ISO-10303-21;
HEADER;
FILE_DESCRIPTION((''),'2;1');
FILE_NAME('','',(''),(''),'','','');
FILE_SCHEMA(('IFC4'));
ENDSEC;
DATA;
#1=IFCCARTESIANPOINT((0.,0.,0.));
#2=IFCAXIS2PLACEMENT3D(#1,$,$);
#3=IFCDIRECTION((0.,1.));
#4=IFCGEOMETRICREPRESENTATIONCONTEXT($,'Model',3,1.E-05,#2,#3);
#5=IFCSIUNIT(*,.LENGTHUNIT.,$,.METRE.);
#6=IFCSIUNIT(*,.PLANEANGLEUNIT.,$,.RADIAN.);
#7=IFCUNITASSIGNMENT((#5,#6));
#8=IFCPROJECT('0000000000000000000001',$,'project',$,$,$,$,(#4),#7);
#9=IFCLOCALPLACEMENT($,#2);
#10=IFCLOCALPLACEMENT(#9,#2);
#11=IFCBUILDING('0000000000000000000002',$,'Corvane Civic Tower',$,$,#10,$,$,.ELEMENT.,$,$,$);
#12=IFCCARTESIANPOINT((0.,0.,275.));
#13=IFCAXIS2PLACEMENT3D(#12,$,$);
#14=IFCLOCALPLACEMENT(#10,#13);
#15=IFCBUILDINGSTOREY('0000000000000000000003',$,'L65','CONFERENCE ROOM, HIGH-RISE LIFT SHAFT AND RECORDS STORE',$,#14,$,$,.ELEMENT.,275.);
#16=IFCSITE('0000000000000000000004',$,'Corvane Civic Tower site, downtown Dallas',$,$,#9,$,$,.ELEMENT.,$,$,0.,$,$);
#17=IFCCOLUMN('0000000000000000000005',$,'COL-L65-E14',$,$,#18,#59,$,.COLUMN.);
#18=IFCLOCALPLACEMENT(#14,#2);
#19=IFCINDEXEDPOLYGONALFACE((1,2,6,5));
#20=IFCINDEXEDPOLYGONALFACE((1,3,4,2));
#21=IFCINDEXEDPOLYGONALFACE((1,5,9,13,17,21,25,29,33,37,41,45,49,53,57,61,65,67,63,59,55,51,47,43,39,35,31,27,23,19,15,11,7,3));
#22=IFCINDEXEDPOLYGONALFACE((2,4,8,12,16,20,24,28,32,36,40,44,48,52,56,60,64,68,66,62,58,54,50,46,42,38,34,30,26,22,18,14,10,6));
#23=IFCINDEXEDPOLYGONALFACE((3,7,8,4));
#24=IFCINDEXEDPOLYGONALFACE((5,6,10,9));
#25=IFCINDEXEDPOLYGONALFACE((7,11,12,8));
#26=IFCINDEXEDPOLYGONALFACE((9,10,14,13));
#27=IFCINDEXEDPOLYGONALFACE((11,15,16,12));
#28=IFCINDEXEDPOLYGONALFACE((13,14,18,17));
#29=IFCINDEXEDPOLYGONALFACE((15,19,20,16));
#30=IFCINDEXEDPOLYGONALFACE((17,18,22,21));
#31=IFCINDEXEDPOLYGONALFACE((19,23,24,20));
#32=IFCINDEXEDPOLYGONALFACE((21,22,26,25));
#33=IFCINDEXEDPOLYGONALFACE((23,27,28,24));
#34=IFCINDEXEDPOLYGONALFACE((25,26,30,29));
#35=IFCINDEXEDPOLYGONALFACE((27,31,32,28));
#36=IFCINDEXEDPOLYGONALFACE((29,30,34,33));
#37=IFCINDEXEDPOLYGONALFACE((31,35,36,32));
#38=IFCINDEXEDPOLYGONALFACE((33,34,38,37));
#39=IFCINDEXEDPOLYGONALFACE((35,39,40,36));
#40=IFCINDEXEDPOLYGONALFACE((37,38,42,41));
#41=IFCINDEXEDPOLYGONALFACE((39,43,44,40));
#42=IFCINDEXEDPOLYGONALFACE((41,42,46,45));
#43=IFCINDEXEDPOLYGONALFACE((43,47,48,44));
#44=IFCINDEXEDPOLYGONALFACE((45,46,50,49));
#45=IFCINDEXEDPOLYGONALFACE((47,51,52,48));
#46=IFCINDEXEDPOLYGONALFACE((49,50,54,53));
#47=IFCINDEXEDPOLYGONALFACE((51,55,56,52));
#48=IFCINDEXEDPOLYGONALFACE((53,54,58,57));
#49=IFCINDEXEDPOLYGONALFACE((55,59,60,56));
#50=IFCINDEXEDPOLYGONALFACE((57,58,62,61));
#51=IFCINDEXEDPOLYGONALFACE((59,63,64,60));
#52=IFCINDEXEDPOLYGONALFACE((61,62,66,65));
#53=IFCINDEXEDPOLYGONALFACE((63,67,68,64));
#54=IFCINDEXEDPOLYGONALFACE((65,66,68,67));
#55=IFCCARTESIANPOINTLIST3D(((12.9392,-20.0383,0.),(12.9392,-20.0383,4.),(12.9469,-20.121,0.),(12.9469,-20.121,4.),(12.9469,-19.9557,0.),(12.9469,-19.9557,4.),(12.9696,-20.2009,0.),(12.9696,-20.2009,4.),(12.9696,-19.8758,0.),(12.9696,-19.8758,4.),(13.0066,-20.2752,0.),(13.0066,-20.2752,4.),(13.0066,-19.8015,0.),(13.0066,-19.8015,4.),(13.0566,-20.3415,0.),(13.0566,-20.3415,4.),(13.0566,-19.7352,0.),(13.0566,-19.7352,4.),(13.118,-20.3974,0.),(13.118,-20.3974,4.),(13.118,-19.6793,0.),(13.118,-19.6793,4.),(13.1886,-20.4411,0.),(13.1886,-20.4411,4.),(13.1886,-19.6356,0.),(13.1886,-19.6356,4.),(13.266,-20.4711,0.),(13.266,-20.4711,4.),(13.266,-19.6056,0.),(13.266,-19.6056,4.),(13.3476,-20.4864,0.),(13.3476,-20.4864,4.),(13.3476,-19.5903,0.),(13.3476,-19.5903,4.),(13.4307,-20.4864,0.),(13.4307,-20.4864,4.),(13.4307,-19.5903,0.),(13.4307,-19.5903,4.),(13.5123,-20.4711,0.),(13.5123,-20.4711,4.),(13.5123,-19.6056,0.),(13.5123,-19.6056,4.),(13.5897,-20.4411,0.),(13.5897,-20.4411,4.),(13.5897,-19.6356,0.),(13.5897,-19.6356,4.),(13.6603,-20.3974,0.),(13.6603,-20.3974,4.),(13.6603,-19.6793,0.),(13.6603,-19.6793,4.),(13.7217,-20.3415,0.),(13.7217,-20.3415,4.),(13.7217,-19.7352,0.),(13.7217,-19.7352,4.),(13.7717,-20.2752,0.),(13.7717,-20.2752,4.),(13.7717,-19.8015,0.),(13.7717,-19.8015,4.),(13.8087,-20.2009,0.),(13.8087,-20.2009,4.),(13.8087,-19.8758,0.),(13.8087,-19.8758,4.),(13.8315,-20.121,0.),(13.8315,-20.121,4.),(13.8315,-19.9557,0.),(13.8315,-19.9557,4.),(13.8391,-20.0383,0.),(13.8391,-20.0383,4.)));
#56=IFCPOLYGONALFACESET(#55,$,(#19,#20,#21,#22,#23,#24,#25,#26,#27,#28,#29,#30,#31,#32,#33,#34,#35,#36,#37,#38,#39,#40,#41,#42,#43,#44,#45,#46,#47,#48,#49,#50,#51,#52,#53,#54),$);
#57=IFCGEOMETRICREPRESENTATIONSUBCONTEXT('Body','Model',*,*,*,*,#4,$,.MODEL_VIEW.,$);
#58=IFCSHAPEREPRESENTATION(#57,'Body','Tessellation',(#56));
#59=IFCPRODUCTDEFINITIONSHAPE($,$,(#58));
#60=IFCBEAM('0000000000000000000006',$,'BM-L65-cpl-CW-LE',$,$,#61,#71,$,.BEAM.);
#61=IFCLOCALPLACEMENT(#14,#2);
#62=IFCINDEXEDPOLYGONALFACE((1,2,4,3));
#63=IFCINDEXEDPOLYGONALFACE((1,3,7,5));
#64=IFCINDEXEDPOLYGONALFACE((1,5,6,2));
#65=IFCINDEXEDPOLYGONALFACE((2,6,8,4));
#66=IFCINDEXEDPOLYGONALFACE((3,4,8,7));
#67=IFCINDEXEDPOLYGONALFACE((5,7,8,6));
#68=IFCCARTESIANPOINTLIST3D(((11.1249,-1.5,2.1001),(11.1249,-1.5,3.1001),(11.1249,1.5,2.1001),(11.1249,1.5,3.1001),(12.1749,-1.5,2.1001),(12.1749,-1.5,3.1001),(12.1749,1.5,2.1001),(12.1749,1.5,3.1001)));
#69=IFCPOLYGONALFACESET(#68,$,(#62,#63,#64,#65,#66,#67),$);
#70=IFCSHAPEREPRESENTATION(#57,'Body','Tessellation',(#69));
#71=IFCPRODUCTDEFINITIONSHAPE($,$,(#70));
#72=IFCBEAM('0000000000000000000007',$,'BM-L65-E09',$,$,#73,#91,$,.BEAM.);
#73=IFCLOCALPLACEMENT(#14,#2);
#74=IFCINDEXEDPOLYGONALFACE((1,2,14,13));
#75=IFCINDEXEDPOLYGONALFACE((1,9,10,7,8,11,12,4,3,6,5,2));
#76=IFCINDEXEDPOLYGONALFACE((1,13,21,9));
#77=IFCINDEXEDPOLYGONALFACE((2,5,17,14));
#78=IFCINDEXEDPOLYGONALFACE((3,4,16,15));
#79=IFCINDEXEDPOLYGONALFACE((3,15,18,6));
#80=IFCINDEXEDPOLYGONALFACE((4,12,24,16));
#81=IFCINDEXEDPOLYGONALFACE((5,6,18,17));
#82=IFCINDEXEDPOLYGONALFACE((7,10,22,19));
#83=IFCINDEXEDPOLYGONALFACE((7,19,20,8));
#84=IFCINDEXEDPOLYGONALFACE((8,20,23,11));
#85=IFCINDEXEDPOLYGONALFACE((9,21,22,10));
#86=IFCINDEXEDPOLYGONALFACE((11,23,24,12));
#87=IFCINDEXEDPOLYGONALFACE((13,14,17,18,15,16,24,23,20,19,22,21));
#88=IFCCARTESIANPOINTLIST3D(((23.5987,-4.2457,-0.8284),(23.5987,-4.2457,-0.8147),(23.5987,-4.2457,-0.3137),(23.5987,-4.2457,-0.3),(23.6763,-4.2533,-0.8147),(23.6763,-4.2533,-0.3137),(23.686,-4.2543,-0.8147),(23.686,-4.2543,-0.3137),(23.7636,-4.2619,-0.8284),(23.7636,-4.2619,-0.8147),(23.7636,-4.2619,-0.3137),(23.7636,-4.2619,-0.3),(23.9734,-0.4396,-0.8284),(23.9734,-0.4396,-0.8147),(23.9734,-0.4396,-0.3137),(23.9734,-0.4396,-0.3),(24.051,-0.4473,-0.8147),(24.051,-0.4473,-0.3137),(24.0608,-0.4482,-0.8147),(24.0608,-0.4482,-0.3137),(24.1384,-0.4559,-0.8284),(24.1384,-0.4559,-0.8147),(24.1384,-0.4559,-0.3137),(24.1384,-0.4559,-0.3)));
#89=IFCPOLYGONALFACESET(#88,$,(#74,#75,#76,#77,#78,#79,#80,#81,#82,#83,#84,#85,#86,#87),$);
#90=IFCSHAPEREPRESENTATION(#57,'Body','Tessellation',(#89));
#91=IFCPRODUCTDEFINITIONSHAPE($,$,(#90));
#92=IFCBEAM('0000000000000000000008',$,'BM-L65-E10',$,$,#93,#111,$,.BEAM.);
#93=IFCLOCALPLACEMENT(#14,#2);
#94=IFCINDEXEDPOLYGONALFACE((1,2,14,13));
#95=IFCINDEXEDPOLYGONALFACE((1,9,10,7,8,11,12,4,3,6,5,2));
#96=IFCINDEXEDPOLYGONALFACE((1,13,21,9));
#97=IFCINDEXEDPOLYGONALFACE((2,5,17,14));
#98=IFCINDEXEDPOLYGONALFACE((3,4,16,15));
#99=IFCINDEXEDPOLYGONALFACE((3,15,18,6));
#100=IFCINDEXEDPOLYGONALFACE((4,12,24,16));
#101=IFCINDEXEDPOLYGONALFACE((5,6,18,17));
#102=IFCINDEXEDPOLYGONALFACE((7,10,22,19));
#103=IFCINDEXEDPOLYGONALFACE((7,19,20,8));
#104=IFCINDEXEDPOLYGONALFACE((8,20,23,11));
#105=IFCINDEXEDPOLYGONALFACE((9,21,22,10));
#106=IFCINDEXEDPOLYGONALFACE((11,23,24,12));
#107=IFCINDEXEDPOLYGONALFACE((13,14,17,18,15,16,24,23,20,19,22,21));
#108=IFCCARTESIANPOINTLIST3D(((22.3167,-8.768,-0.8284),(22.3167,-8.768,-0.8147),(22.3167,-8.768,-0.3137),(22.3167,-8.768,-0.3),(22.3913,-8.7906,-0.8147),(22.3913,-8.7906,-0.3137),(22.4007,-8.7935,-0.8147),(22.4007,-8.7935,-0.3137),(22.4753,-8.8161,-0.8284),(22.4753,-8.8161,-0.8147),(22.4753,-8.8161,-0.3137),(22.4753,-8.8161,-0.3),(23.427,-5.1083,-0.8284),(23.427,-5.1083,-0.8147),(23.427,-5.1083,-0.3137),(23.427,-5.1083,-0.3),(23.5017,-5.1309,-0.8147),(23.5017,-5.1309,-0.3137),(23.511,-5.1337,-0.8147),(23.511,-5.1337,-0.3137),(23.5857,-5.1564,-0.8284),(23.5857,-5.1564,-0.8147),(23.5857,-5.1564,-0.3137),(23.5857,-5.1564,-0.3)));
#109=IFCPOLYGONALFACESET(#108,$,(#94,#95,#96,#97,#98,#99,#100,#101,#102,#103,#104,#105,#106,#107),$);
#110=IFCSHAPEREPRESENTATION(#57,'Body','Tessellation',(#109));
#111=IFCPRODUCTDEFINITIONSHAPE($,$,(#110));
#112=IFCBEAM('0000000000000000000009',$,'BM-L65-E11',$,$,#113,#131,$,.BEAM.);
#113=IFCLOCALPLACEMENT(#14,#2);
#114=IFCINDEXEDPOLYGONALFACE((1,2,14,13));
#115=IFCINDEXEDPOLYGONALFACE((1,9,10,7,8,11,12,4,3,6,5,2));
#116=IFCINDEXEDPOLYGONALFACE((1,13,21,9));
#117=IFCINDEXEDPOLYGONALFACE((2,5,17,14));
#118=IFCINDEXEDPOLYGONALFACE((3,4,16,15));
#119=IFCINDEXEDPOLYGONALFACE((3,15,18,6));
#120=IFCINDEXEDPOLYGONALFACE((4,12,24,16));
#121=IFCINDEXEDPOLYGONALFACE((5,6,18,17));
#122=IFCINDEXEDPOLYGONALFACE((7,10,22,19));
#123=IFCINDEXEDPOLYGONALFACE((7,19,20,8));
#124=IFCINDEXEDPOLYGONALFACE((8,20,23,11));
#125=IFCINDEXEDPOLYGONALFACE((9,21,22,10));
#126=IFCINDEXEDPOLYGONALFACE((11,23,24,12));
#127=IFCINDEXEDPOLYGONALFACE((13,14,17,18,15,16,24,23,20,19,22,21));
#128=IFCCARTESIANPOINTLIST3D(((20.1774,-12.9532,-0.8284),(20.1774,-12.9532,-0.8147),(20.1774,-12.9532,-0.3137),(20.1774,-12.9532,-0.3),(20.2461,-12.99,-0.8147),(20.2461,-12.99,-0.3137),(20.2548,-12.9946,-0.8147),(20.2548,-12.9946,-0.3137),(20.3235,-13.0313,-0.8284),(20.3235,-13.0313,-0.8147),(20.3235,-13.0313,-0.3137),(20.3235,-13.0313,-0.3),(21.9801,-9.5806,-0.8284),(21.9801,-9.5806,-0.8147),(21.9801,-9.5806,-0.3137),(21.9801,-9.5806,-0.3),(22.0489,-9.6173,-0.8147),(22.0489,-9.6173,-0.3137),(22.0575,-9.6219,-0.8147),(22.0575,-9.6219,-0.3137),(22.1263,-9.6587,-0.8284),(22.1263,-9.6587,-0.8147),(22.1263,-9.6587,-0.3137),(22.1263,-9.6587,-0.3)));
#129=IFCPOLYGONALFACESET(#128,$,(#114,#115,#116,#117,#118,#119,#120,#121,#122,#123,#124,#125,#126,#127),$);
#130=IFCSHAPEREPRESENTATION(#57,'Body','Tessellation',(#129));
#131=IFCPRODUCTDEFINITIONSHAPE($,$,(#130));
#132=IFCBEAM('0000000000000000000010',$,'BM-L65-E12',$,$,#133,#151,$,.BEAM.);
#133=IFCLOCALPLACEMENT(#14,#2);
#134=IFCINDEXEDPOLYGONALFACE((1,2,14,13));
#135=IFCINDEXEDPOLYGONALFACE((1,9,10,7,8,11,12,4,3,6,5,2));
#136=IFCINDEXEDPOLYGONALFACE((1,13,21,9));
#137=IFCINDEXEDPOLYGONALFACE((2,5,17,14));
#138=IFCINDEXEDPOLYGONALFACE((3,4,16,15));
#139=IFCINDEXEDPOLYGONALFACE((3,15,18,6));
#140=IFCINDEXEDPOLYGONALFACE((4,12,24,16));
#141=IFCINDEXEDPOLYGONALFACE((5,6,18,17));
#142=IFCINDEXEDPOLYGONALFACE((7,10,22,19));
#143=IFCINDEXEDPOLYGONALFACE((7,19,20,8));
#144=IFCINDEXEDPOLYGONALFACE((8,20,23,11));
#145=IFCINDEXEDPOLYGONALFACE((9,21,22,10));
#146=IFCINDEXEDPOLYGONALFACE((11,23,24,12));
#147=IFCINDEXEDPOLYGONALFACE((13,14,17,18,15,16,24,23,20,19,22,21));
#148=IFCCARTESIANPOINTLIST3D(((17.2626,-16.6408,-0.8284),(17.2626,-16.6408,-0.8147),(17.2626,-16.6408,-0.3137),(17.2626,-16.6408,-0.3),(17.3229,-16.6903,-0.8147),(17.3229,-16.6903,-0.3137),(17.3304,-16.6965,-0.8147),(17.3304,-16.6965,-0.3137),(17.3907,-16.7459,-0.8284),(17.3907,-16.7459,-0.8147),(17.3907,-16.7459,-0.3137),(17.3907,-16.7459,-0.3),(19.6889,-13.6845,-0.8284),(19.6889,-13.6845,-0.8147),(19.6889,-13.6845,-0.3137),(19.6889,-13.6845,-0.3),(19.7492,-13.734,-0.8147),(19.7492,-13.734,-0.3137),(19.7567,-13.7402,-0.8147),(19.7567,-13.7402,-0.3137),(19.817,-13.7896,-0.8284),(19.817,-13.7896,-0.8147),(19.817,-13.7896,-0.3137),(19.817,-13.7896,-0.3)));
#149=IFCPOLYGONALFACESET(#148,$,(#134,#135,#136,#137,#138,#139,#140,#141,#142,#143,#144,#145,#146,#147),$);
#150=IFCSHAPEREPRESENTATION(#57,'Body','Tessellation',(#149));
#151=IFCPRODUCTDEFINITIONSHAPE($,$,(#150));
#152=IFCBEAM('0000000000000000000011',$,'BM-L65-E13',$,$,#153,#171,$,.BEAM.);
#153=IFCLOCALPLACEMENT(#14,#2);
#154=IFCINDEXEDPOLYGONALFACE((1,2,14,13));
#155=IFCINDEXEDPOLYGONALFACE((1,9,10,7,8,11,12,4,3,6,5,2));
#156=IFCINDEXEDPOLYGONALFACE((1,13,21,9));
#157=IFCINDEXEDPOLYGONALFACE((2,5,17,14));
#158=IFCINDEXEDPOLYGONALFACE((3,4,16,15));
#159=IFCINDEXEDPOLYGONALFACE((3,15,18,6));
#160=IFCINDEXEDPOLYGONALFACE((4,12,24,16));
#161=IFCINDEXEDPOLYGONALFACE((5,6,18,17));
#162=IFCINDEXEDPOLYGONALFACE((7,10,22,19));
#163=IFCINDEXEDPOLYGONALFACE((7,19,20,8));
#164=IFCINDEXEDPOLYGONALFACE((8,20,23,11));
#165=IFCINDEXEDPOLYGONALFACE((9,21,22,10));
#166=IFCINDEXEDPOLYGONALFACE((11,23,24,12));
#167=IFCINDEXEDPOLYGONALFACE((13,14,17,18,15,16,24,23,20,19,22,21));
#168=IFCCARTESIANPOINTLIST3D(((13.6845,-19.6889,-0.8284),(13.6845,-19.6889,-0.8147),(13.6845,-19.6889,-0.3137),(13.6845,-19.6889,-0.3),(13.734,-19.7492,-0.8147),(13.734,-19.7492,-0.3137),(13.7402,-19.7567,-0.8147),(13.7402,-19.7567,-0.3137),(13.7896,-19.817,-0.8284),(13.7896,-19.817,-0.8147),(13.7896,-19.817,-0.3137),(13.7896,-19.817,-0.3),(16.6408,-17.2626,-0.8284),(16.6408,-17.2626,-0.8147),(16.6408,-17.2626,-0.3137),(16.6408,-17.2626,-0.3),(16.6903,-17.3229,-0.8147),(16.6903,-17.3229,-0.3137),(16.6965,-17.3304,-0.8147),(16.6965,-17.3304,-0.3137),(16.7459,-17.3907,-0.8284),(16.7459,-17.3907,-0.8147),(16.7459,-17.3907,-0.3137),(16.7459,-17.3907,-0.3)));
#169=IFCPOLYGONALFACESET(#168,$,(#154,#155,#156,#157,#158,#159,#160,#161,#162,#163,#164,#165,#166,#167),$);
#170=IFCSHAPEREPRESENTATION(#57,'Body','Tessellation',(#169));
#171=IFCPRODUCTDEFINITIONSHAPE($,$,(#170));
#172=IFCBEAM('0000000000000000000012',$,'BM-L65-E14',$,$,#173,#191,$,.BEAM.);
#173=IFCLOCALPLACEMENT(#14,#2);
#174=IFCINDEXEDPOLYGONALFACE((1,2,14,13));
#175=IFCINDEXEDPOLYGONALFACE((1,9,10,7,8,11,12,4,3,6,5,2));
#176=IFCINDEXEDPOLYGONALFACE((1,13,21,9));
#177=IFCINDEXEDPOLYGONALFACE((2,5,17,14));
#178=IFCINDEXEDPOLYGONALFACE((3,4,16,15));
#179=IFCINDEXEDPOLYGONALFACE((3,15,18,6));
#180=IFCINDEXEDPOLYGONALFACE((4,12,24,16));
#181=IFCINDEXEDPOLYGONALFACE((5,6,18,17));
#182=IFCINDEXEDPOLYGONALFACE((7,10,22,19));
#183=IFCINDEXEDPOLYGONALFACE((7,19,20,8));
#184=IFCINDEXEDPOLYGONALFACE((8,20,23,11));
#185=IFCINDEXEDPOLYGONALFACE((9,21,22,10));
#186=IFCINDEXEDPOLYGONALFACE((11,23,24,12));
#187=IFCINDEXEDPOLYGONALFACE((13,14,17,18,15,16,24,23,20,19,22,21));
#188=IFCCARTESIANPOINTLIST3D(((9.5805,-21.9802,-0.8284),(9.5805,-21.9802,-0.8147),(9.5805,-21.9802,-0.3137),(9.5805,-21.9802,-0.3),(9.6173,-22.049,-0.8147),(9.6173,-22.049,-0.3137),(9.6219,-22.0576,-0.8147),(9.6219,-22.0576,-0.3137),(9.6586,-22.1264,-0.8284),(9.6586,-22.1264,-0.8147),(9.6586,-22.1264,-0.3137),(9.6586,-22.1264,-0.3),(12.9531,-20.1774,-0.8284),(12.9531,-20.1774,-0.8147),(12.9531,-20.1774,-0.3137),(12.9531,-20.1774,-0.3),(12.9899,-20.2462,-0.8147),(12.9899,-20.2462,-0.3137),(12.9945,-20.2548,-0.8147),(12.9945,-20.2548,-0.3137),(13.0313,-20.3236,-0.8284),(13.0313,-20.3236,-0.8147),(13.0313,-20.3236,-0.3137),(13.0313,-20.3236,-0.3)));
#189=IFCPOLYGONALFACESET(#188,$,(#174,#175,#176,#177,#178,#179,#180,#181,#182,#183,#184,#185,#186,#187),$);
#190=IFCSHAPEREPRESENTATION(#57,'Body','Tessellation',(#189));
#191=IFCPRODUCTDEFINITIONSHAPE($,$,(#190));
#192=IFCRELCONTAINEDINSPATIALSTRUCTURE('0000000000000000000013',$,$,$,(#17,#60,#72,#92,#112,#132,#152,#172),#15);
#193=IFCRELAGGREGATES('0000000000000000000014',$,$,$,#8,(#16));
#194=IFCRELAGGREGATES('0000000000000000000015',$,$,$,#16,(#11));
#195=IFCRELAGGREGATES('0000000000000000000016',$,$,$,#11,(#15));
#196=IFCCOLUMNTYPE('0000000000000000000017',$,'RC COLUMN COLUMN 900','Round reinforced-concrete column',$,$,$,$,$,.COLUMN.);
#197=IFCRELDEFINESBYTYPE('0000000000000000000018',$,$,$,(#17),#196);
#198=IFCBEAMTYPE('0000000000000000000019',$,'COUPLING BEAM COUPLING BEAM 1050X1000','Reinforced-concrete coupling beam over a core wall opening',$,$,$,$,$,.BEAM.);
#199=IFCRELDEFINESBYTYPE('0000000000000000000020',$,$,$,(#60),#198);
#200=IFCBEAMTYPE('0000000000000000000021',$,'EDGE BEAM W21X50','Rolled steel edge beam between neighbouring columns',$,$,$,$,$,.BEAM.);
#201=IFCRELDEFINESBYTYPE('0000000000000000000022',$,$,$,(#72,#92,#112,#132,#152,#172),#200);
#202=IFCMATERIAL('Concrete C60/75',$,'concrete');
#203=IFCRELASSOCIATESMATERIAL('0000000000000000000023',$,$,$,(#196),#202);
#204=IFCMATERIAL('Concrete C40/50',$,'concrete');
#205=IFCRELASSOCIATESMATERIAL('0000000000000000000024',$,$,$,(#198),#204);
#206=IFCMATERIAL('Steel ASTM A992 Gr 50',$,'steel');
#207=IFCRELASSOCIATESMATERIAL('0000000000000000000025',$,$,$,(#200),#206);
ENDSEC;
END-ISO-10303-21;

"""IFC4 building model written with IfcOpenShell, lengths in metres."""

from ifc_helpers import new_model, si_unit, direction, frame, origin, origin_2d, place, context, subcontext, project, spatial, rectangle, circle, i_section, extrude, material, material_profile, profile_set, type_object, element, save


model = new_model("IFC4")

# Units and contexts
model_context = context("Model", 3, precision=1e-05, world=origin(), true_north=direction((0.0, 1.0)))
body_context = subcontext(model_context, "Body", "Model", "MODEL_VIEW")
ifc_project = project(units=[si_unit("LENGTHUNIT", "METRE"), si_unit("PLANEANGLEUNIT", "RADIAN")], contexts=[model_context])

# Site, building, storey
site_placement = place(None, origin())
site = spatial("IfcSite", under=ifc_project, at=site_placement, Name="Corvane Civic Tower site, downtown Dallas", CompositionType="ELEMENT", RefElevation=0.0)
building_placement = place(site_placement, origin())
building = spatial("IfcBuilding", under=site, at=building_placement, Name="Corvane Civic Tower", CompositionType="ELEMENT")
storey_placement = place(building_placement, frame((0.0, 0.0, 275.0)))
storey = spatial("IfcBuildingStorey", under=building, at=storey_placement, Name="L65", Description="CONFERENCE ROOM, HIGH-RISE LIFT SHAFT AND RECORDS STORE", CompositionType="ELEMENT", Elevation=275.0)

# Column
ifc_material_1 = material(Name="Concrete C60/75", Category="concrete")
ifc_material_profile_1 = material_profile(ifc_material_1, circle(Radius=0.45, at=origin_2d()), Name="COLUMN 900")
ifc_profile_set_1 = profile_set([ifc_material_profile_1], Name="Concrete C60/75")
column_type = type_object("IfcColumnType", Name="RC COLUMN COLUMN 900", Description="Round reinforced-concrete column", PredefinedType="COLUMN", material=ifc_profile_set_1)
for number, where, z_axis, x_axis, name in (
    (1, (13.3892, -20.0383, 0.0), (0.0, 0.0, 1.0), (1.0, 0.0, 0.0), "COL-L65-E14"),
):
    element("IfcColumn", number, at=place(storey_placement, frame(where, z_axis=z_axis, x_axis=x_axis)), inside=storey, type_object=column_type, Name=name, PredefinedType="COLUMN", context=body_context, shape_type="SweptSolid", body=[
        extrude(circle(Radius=0.45, at=origin_2d()), origin(), (0.0, 0.0, 1.0), 4.0),
    ])

# Beams
ifc_material_2 = material(Name="Concrete C40/50", Category="concrete")
ifc_material_profile_2 = material_profile(ifc_material_2, rectangle(XDim=1.05, YDim=1.0, at=origin_2d()), Name="COUPLING BEAM 1050X1000")
ifc_profile_set_2 = profile_set([ifc_material_profile_2], Name="Concrete C40/50")
beam_type_1 = type_object("IfcBeamType", Name="COUPLING BEAM COUPLING BEAM 1050X1000", Description="Reinforced-concrete coupling beam over a core wall opening", PredefinedType="BEAM", material=ifc_profile_set_2)
beam_1_placement = place(storey_placement, frame((11.6499, -1.5, 2.6001), z_axis=(0.0, 1.0, 0.0), x_axis=(-1.0, 0.0, 0.0)))
element("IfcBeam", 2, at=beam_1_placement, inside=storey, type_object=beam_type_1, Name="BM-L65-cpl-CW-LE", PredefinedType="BEAM", context=body_context, shape_type="SweptSolid", body=[
    extrude(rectangle(XDim=1.05, YDim=1.0, at=origin_2d()), origin(), (0.0, 0.0, 1.0), 3.0),
])
ifc_material_3 = material(Name="Steel ASTM A992 Gr 50", Category="steel")
ifc_material_profile_3 = material_profile(ifc_material_3, i_section(OverallWidth=0.1658, OverallDepth=0.5283, WebThickness=0.0098, FlangeThickness=0.0137, at=origin_2d()), Name="W21X50")
ifc_profile_set_3 = profile_set([ifc_material_profile_3], Name="Steel ASTM A992 Gr 50")
beam_type_2 = type_object("IfcBeamType", Name="EDGE BEAM W21X50", Description="Rolled steel edge beam between neighbouring columns", PredefinedType="BEAM", material=ifc_profile_set_3)
for number, where, z_axis, x_axis, name in (
    (3, (24.0559, -0.4478, -0.5642), (-0.097987, -0.995188, 0.0), (0.995188, -0.097987, 0.0), "BM-L65-E09"),
    (4, (23.5063, -5.1323, -0.5642), (-0.290333, -0.956926, 0.0), (0.956926, -0.290333, 0.0), "BM-L65-E10"),
):
    element("IfcBeam", number, at=place(storey_placement, frame(where, z_axis=z_axis, x_axis=x_axis)), inside=storey, type_object=beam_type_2, Name=name, PredefinedType="BEAM", context=body_context, shape_type="SweptSolid", body=[
        extrude(i_section(OverallWidth=0.1658, OverallDepth=0.5283, WebThickness=0.0098, FlangeThickness=0.0137, at=origin_2d()), origin(), (0.0, 0.0, 1.0), 3.8245),
    ])
beam_2_placement = place(storey_placement, frame((22.0532, -9.6196, -0.5642), z_axis=(-0.47141, -0.881914, 0.0), x_axis=(0.881914, -0.47141, 0.0)))
element("IfcBeam", 5, at=beam_2_placement, inside=storey, type_object=beam_type_2, Name="BM-L65-E11", PredefinedType="BEAM", context=body_context, shape_type="SweptSolid", body=[
    extrude(i_section(OverallWidth=0.1658, OverallDepth=0.5283, WebThickness=0.0098, FlangeThickness=0.0137, at=origin_2d()), origin(), (0.0, 0.0, 1.0), 3.8242),
])
for number, where, z_axis, x_axis, name in (
    (6, (19.7529, -13.7371, -0.5642), (-0.634409, -0.772998, 0.0), (0.772998, -0.634409, 0.0), "BM-L65-E12"),
    (7, (16.6934, -17.3267, -0.5642), (-0.772998, -0.634409, 0.0), (0.634409, -0.772998, 0.0), "BM-L65-E13"),
):
    element("IfcBeam", number, at=place(storey_placement, frame(where, z_axis=z_axis, x_axis=x_axis)), inside=storey, type_object=beam_type_2, Name=name, PredefinedType="BEAM", context=body_context, shape_type="SweptSolid", body=[
        extrude(i_section(OverallWidth=0.1658, OverallDepth=0.5283, WebThickness=0.0098, FlangeThickness=0.0137, at=origin_2d()), origin(), (0.0, 0.0, 1.0), 3.8245),
    ])
beam_3_placement = place(storey_placement, frame((12.9922, -20.2505, -0.5642), z_axis=(-0.881914, -0.47141, 0.0), x_axis=(0.47141, -0.881914, 0.0)))
element("IfcBeam", 8, at=beam_3_placement, inside=storey, type_object=beam_type_2, Name="BM-L65-E14", PredefinedType="BEAM", context=body_context, shape_type="SweptSolid", body=[
    extrude(i_section(OverallWidth=0.1658, OverallDepth=0.5283, WebThickness=0.0098, FlangeThickness=0.0137, at=origin_2d()), origin(), (0.0, 0.0, 1.0), 3.8242),
])

save(model, "model.ifc")
